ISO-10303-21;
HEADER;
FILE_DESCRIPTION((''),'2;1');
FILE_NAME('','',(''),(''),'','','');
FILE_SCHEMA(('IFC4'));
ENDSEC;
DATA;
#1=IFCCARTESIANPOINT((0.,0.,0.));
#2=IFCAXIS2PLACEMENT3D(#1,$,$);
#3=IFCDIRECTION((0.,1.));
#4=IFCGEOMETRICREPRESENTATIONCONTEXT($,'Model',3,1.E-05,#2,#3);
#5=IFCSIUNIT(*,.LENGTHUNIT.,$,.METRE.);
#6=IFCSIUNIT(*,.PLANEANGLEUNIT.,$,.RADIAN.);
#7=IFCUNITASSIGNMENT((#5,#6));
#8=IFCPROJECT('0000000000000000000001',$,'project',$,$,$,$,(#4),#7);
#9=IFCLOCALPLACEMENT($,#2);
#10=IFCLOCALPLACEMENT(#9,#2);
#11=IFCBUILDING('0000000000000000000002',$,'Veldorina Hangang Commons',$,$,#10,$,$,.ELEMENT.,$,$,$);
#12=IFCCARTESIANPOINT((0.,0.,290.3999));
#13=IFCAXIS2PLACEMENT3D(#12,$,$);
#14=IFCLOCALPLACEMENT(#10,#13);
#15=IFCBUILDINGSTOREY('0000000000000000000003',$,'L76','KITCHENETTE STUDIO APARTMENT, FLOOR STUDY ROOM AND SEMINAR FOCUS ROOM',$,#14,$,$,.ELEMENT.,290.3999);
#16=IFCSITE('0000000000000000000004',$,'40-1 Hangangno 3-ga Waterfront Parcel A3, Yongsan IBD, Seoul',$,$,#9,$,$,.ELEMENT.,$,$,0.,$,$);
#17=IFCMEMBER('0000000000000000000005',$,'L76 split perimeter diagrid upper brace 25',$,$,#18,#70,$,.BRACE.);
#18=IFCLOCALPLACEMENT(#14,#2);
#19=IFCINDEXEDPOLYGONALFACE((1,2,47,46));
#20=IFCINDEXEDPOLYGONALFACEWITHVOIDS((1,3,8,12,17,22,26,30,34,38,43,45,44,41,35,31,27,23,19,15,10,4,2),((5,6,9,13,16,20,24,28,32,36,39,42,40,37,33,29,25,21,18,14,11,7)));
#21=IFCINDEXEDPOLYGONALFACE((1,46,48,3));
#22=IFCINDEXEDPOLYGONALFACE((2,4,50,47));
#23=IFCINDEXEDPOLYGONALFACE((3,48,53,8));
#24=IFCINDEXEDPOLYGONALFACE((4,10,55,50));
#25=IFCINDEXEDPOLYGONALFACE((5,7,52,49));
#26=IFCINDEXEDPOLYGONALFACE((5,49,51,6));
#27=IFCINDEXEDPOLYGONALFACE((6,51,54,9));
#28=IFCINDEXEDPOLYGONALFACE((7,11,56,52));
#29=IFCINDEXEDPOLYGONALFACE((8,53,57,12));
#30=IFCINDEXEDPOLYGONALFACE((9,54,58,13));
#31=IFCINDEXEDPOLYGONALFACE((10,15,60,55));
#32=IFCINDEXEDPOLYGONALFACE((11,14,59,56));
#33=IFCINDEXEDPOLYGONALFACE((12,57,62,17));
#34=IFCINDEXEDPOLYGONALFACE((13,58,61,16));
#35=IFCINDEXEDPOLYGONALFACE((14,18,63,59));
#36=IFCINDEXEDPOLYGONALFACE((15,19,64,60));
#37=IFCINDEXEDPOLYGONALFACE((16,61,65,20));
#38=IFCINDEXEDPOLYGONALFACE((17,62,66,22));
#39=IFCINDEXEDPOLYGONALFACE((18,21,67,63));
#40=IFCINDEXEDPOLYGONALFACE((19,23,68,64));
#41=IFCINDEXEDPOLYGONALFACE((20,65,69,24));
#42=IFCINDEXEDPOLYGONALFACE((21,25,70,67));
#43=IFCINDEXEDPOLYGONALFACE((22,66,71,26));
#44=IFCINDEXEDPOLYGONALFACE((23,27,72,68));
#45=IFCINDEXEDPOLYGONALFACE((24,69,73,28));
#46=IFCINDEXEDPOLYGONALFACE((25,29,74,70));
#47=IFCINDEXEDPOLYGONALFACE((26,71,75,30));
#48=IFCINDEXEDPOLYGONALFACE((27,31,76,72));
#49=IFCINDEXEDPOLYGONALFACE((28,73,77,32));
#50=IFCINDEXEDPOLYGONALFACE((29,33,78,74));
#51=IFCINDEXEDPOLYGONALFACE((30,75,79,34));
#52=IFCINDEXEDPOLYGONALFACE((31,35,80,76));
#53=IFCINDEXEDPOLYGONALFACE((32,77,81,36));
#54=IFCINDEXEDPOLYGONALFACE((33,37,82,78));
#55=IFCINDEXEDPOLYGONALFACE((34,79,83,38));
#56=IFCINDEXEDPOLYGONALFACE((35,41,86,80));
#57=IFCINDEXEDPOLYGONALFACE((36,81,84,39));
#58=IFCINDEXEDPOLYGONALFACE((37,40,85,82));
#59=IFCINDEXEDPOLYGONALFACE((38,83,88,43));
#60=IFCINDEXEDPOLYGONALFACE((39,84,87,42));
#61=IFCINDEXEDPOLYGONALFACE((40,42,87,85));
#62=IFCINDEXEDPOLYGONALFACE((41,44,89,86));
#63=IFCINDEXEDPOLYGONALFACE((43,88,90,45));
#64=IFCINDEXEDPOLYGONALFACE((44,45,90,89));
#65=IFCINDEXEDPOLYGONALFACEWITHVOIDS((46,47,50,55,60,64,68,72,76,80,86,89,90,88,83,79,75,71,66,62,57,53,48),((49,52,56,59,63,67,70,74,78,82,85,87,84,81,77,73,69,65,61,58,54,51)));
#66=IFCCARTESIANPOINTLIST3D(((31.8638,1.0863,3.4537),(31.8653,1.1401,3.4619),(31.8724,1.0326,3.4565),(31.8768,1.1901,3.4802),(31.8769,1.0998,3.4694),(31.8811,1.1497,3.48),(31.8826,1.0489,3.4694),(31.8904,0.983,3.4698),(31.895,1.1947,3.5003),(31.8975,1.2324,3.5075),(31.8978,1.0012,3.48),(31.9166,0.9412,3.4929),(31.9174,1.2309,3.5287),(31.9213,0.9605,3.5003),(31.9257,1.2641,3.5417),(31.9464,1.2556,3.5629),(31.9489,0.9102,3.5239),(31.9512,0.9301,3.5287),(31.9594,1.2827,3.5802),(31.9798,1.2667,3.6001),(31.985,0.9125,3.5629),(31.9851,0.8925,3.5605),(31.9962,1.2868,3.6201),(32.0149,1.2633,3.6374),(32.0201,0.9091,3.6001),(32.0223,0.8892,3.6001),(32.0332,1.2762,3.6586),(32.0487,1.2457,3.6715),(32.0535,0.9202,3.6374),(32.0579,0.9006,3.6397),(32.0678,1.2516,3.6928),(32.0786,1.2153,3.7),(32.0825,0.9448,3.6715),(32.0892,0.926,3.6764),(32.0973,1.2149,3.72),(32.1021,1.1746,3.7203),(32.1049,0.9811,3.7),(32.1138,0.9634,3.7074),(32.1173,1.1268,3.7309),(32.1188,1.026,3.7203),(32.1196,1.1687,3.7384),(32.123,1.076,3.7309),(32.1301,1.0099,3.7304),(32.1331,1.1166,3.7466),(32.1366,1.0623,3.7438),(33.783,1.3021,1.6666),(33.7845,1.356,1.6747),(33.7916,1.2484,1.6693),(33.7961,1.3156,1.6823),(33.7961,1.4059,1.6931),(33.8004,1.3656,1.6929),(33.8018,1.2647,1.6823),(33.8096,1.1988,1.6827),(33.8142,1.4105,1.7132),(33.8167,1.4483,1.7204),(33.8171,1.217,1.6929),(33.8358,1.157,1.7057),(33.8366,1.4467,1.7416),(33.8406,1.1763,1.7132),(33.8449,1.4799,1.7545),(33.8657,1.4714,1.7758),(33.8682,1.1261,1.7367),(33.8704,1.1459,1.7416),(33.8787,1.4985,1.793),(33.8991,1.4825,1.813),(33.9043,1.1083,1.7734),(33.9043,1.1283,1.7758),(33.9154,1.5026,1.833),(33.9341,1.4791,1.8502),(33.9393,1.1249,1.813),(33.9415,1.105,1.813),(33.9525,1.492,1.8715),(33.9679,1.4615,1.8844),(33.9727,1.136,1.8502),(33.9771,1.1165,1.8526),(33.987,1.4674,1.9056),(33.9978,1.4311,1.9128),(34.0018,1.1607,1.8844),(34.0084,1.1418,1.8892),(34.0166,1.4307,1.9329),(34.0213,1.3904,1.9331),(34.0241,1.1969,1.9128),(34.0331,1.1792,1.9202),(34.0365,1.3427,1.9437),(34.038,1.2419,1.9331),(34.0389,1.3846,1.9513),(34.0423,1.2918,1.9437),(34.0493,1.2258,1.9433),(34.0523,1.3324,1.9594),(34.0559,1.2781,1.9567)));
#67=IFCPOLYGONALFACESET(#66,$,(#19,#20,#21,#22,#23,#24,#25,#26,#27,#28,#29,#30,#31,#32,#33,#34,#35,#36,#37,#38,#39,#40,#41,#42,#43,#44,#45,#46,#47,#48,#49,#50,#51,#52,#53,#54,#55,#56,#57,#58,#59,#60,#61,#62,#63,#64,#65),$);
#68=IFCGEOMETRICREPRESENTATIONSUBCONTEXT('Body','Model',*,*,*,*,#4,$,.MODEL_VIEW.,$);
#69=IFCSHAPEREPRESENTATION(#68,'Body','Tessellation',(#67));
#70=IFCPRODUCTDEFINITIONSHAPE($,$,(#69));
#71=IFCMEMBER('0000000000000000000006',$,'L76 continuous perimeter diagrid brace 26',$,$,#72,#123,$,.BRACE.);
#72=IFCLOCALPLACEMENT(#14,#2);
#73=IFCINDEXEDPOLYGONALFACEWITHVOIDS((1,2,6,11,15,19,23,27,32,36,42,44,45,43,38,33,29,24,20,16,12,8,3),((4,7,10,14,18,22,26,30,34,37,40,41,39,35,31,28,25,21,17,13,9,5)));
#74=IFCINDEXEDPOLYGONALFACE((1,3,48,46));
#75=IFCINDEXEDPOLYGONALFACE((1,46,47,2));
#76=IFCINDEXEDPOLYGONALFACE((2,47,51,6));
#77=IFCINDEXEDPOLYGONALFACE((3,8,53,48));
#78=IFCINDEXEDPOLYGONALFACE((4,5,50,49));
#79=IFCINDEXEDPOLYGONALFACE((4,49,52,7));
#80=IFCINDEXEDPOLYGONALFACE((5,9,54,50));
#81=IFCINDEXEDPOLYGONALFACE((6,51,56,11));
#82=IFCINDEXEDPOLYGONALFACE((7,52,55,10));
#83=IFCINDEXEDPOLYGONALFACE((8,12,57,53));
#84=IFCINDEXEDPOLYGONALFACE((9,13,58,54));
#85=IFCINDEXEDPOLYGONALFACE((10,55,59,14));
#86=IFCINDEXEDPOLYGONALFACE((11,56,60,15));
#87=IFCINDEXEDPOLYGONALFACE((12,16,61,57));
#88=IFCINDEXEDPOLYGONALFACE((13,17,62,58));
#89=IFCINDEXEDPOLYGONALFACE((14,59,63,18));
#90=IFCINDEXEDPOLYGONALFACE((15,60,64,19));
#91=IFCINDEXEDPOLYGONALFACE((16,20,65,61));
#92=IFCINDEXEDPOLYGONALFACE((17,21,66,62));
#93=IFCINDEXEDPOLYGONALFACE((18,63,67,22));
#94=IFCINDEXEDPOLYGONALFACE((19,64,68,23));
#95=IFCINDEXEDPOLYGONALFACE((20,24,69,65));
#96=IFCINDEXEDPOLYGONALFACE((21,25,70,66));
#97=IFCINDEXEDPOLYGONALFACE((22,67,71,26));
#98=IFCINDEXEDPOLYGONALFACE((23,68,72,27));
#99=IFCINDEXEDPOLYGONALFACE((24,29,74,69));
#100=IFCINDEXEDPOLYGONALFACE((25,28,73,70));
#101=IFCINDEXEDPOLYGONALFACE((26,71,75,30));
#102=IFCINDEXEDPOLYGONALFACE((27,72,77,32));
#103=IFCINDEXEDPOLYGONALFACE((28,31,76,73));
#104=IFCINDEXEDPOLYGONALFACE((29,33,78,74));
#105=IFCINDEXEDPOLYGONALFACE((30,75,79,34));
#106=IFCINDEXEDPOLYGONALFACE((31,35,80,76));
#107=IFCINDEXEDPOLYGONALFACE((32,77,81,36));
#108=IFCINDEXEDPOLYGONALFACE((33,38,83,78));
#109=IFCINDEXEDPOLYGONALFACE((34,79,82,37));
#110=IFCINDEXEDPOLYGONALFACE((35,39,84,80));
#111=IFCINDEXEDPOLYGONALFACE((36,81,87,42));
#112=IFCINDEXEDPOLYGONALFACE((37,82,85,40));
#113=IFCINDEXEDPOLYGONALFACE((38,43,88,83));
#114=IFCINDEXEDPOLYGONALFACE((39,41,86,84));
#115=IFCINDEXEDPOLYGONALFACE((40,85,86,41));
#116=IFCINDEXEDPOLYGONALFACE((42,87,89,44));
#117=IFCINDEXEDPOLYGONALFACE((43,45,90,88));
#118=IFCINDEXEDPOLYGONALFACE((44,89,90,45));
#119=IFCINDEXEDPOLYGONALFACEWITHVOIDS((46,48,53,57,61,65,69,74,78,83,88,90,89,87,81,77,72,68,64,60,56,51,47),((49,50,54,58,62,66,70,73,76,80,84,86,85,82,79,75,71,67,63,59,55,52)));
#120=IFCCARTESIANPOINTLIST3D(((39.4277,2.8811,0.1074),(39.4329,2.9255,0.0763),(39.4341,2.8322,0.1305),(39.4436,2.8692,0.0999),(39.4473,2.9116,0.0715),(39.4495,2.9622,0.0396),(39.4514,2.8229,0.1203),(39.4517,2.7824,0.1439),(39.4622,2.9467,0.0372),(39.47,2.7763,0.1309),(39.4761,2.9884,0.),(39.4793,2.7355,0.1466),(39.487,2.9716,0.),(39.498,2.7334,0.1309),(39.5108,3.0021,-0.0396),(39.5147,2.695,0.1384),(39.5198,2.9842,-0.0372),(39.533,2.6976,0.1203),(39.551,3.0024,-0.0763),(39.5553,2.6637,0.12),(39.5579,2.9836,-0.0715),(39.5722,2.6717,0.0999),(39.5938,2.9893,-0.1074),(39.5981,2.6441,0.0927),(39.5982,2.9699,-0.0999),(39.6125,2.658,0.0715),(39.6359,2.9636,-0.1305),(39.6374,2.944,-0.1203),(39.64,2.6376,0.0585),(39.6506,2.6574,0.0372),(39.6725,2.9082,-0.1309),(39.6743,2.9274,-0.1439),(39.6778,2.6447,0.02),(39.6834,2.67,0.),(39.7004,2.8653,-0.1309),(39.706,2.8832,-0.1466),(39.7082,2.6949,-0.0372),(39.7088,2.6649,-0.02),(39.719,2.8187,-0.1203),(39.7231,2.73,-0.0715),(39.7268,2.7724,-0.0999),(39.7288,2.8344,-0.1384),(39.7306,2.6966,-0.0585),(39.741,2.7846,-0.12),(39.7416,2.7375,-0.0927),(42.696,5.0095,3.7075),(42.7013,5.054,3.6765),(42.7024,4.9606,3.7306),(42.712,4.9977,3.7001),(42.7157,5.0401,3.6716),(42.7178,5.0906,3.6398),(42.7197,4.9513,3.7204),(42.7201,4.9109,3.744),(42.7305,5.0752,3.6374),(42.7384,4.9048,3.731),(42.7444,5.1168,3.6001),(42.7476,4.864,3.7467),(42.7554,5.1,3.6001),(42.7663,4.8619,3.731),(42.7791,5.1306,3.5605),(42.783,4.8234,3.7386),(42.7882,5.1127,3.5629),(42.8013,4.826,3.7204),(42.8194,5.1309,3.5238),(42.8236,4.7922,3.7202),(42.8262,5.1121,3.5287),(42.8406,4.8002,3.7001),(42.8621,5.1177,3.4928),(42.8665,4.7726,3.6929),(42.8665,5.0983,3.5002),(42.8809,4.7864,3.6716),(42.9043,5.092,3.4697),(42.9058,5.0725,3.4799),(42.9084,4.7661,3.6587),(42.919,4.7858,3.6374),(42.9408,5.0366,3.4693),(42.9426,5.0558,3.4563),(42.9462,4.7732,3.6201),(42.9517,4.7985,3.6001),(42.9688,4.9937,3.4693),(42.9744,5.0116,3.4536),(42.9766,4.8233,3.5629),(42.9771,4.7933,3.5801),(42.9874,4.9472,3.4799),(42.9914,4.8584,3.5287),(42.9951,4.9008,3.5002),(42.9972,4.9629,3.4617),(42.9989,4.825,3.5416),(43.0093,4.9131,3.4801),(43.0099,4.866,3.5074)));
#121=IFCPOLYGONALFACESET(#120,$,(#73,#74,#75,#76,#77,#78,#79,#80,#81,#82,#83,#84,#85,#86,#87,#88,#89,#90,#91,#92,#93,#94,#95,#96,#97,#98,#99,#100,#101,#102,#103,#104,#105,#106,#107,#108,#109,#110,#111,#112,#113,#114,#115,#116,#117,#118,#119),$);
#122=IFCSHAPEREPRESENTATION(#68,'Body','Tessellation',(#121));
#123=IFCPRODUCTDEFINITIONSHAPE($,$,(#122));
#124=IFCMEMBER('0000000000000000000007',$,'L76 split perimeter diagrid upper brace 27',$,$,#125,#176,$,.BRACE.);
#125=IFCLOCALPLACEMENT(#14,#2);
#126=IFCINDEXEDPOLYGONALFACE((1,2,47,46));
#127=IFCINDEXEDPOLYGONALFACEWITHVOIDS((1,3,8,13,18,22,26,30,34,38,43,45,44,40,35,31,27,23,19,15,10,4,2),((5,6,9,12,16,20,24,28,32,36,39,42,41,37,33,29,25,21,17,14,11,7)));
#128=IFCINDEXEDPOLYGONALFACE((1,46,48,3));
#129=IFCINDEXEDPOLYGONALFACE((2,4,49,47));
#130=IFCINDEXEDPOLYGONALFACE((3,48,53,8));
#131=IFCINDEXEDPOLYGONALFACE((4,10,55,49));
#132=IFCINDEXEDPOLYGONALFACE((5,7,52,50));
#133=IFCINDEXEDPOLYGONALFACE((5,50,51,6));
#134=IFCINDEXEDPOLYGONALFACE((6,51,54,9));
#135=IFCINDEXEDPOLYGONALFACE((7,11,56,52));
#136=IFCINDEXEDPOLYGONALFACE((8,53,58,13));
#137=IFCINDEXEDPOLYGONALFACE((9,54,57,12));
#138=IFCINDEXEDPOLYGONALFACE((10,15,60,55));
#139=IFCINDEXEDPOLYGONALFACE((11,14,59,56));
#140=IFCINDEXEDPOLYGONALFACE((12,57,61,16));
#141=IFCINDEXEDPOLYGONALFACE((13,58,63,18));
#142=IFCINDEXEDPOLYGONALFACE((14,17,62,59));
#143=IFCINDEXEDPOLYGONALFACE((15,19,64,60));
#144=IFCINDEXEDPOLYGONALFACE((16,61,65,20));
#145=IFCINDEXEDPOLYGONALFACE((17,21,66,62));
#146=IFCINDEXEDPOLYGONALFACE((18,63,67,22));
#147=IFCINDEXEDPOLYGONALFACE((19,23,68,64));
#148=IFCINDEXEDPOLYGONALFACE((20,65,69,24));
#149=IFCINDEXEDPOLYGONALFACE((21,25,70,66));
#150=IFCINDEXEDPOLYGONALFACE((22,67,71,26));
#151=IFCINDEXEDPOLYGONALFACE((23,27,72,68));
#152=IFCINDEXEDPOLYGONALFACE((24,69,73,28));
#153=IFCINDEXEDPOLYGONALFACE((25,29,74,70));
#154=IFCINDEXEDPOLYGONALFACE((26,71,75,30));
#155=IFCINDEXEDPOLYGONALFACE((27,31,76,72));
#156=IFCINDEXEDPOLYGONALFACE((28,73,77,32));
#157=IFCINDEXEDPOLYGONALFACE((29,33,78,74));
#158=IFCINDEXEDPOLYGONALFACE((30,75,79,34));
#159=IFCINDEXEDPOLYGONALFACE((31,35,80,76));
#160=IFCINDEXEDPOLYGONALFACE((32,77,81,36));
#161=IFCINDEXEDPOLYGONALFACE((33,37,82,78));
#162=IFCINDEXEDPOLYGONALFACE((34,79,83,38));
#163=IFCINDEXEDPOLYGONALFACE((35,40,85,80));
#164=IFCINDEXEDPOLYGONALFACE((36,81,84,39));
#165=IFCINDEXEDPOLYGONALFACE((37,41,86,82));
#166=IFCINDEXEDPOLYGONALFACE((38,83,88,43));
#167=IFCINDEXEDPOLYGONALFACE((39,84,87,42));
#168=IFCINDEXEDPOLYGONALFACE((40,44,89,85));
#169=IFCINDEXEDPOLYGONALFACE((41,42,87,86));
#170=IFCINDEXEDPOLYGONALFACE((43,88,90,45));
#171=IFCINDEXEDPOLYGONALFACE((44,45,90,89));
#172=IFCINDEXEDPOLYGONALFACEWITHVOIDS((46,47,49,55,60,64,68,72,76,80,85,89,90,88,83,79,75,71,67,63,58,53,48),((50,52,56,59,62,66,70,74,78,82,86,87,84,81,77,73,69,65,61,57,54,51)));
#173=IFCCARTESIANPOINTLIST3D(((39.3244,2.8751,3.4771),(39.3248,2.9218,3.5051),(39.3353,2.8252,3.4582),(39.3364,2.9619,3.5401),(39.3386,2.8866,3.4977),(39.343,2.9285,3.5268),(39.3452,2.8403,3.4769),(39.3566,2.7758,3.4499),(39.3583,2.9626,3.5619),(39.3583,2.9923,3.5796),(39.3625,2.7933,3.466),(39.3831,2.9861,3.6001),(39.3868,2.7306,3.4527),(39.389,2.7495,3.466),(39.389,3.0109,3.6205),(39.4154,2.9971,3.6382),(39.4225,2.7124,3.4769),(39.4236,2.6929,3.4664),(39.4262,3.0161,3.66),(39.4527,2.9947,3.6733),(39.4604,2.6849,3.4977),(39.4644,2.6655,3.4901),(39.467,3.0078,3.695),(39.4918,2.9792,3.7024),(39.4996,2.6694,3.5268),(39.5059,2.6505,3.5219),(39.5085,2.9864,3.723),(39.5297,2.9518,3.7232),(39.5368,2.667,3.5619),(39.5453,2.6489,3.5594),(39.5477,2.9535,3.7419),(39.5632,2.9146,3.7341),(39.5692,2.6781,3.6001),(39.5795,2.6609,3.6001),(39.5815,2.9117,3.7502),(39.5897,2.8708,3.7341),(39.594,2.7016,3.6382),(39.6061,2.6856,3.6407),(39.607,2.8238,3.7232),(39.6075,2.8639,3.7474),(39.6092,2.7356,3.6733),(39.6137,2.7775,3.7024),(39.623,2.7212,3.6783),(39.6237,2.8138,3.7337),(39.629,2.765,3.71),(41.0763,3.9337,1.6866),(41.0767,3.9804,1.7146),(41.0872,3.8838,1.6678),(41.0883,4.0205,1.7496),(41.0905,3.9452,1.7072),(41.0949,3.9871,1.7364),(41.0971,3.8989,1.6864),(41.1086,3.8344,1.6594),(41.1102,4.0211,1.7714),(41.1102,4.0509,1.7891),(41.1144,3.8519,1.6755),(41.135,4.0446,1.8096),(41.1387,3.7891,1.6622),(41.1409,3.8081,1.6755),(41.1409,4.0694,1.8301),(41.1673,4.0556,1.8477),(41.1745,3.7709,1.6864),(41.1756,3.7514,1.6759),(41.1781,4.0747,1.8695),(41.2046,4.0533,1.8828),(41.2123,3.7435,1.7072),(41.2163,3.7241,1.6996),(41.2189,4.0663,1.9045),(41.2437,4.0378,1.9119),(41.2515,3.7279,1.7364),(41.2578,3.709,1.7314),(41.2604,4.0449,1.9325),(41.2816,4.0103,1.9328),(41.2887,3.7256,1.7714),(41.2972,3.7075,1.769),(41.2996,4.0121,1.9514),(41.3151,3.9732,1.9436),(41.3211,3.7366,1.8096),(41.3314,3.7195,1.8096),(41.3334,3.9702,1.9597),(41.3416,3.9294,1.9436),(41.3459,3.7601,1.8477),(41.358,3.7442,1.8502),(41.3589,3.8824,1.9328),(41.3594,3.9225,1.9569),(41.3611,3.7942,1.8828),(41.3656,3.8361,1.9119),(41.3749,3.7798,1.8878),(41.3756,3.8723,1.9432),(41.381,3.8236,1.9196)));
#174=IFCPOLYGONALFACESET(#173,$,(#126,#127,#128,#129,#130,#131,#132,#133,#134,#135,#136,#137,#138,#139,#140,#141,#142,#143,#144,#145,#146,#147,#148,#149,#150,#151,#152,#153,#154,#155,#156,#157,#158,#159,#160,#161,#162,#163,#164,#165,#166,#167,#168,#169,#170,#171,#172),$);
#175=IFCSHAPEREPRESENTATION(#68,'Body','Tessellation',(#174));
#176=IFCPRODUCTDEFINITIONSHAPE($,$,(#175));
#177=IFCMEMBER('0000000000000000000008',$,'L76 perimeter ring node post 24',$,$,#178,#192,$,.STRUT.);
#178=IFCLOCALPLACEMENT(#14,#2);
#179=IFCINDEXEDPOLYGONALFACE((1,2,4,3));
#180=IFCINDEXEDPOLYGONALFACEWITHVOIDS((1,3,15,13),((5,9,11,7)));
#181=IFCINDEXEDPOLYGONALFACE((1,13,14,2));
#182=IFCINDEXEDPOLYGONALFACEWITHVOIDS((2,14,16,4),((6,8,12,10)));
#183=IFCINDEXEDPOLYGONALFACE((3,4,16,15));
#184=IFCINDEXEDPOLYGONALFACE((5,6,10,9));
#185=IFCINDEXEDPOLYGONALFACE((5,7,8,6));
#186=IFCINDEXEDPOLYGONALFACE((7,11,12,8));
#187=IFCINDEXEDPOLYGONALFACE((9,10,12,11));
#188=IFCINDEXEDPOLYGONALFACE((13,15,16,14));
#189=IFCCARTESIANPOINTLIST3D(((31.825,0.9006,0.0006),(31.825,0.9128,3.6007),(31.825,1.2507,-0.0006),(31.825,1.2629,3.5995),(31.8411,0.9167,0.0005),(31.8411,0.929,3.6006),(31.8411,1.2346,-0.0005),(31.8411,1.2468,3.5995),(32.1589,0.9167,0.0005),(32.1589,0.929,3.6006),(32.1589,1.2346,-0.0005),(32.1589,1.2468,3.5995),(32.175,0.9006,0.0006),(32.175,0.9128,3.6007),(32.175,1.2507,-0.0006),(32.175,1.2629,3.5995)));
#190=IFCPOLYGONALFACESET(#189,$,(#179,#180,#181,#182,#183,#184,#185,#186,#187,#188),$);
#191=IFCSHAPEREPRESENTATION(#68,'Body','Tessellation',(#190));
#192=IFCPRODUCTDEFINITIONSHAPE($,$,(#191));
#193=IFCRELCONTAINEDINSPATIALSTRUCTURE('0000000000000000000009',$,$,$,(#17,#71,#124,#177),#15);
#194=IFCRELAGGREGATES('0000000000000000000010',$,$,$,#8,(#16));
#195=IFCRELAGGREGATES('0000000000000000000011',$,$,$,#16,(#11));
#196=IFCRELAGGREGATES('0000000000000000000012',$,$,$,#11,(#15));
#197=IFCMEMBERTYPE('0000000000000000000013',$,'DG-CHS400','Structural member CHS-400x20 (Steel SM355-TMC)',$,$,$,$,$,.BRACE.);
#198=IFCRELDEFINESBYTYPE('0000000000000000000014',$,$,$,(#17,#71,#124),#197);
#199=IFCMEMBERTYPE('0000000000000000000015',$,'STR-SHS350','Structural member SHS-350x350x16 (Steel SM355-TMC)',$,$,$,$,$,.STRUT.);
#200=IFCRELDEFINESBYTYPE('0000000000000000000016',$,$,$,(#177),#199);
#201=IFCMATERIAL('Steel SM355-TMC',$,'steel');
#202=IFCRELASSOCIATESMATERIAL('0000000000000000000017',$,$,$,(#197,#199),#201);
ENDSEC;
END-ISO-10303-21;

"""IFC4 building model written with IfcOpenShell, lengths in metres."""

from ifc_helpers import new_model, si_unit, direction, frame, origin, origin_2d, place, context, subcontext, project, spatial, hollow_rectangle, hollow_circle, extrude, material, material_profile, profile_set, type_object, element, save


model = new_model("IFC4")

# Units and contexts
model_context = context("Model", 3, precision=1e-05, world=origin(), true_north=direction((0.0, 1.0)))
body_context = subcontext(model_context, "Body", "Model", "MODEL_VIEW")
ifc_project = project(units=[si_unit("LENGTHUNIT", "METRE"), si_unit("PLANEANGLEUNIT", "RADIAN")], contexts=[model_context])

# Site, building, storey
site_placement = place(None, origin())
site = spatial("IfcSite", under=ifc_project, at=site_placement, Name="40-1 Hangangno 3-ga Waterfront Parcel A3, Yongsan IBD, Seoul", CompositionType="ELEMENT", RefElevation=0.0)
building_placement = place(site_placement, origin())
building = spatial("IfcBuilding", under=site, at=building_placement, Name="Veldorina Hangang Commons", CompositionType="ELEMENT")
storey_placement = place(building_placement, frame((0.0, 0.0, 290.3999)))
storey = spatial("IfcBuildingStorey", under=building, at=storey_placement, Name="L76", Description="KITCHENETTE STUDIO APARTMENT, FLOOR STUDY ROOM AND SEMINAR FOCUS ROOM", CompositionType="ELEMENT", Elevation=290.3999)

# Shared definitions
ifc_material_1 = material(Name="Steel SM355-TMC", Category="steel")

# Members
ifc_material_profile_1 = material_profile(ifc_material_1, hollow_circle(Radius=0.2, WallThickness=0.02, at=origin_2d()), Name="CHS-400x20")
ifc_profile_set_1 = profile_set([ifc_material_profile_1], Name="Steel SM355-TMC")
member_type_1 = type_object("IfcMemberType", Name="DG-CHS400", Description="Structural member CHS-400x20 (Steel SM355-TMC)", PredefinedType="BRACE", material=ifc_profile_set_1)
member_1_placement = place(storey_placement, frame((33.9192, 1.3037, 1.813), z_axis=(-0.729375, -0.082021, 0.679179), x_axis=(0.11175, -0.993736, 0.0)))
element("IfcMember", 1, at=member_1_placement, inside=storey, type_object=member_type_1, Name="L76 split perimeter diagrid upper brace 25", PredefinedType="BRACE", context=body_context, shape_type="SweptSolid", body=[
    extrude(hollow_circle(Radius=0.2, WallThickness=0.02, at=origin_2d()), origin(), (0.0, 0.0, 1.0), 2.6313),
])
member_2_placement = place(storey_placement, frame((39.5852, 2.8208, 0.0), z_axis=(0.615756, 0.400998, 0.678266), x_axis=(-0.545712, 0.837973, 0.0)))
element("IfcMember", 2, at=member_2_placement, inside=storey, type_object=member_type_1, Name="L76 continuous perimeter diagrid brace 26", PredefinedType="BRACE", context=body_context, shape_type="SweptSolid", body=[
    extrude(hollow_circle(Radius=0.2, WallThickness=0.02, at=origin_2d()), origin(), (0.0, 0.0, 1.0), 5.3079),
])
member_3_placement = place(storey_placement, frame((41.228, 3.8906, 1.8096), z_axis=(-0.644207, -0.389253, 0.658391), x_axis=(0.517159, -0.855889, 0.0)))
element("IfcMember", 3, at=member_3_placement, inside=storey, type_object=member_type_1, Name="L76 split perimeter diagrid upper brace 27", PredefinedType="BRACE", context=body_context, shape_type="SweptSolid", body=[
    extrude(hollow_circle(Radius=0.2, WallThickness=0.02, at=origin_2d()), origin(), (0.0, 0.0, 1.0), 2.7195),
])
ifc_material_profile_2 = material_profile(ifc_material_1, hollow_rectangle(XDim=0.3501, YDim=0.3501, WallThickness=0.0161, at=origin_2d()), Name="SHS-350x350x16")
ifc_profile_set_2 = profile_set([ifc_material_profile_2], Name="Steel SM355-TMC")
member_type_2 = type_object("IfcMemberType", Name="STR-SHS350", Description="Structural member SHS-350x350x16 (Steel SM355-TMC)", PredefinedType="STRUT", material=ifc_profile_set_2)
member_4_placement = place(storey_placement, frame((32.0, 1.0757, 0.0), z_axis=(0.0, 0.003391, 0.999994), x_axis=(-1.0, 0.0, 0.0)))
element("IfcMember", 4, at=member_4_placement, inside=storey, type_object=member_type_2, Name="L76 perimeter ring node post 24", PredefinedType="STRUT", context=body_context, shape_type="SweptSolid", body=[
    extrude(hollow_rectangle(XDim=0.3501, YDim=0.3501, WallThickness=0.0161, at=origin_2d()), origin(), (0.0, 0.0, 1.0), 3.6001),
])

save(model, "model.ifc")
